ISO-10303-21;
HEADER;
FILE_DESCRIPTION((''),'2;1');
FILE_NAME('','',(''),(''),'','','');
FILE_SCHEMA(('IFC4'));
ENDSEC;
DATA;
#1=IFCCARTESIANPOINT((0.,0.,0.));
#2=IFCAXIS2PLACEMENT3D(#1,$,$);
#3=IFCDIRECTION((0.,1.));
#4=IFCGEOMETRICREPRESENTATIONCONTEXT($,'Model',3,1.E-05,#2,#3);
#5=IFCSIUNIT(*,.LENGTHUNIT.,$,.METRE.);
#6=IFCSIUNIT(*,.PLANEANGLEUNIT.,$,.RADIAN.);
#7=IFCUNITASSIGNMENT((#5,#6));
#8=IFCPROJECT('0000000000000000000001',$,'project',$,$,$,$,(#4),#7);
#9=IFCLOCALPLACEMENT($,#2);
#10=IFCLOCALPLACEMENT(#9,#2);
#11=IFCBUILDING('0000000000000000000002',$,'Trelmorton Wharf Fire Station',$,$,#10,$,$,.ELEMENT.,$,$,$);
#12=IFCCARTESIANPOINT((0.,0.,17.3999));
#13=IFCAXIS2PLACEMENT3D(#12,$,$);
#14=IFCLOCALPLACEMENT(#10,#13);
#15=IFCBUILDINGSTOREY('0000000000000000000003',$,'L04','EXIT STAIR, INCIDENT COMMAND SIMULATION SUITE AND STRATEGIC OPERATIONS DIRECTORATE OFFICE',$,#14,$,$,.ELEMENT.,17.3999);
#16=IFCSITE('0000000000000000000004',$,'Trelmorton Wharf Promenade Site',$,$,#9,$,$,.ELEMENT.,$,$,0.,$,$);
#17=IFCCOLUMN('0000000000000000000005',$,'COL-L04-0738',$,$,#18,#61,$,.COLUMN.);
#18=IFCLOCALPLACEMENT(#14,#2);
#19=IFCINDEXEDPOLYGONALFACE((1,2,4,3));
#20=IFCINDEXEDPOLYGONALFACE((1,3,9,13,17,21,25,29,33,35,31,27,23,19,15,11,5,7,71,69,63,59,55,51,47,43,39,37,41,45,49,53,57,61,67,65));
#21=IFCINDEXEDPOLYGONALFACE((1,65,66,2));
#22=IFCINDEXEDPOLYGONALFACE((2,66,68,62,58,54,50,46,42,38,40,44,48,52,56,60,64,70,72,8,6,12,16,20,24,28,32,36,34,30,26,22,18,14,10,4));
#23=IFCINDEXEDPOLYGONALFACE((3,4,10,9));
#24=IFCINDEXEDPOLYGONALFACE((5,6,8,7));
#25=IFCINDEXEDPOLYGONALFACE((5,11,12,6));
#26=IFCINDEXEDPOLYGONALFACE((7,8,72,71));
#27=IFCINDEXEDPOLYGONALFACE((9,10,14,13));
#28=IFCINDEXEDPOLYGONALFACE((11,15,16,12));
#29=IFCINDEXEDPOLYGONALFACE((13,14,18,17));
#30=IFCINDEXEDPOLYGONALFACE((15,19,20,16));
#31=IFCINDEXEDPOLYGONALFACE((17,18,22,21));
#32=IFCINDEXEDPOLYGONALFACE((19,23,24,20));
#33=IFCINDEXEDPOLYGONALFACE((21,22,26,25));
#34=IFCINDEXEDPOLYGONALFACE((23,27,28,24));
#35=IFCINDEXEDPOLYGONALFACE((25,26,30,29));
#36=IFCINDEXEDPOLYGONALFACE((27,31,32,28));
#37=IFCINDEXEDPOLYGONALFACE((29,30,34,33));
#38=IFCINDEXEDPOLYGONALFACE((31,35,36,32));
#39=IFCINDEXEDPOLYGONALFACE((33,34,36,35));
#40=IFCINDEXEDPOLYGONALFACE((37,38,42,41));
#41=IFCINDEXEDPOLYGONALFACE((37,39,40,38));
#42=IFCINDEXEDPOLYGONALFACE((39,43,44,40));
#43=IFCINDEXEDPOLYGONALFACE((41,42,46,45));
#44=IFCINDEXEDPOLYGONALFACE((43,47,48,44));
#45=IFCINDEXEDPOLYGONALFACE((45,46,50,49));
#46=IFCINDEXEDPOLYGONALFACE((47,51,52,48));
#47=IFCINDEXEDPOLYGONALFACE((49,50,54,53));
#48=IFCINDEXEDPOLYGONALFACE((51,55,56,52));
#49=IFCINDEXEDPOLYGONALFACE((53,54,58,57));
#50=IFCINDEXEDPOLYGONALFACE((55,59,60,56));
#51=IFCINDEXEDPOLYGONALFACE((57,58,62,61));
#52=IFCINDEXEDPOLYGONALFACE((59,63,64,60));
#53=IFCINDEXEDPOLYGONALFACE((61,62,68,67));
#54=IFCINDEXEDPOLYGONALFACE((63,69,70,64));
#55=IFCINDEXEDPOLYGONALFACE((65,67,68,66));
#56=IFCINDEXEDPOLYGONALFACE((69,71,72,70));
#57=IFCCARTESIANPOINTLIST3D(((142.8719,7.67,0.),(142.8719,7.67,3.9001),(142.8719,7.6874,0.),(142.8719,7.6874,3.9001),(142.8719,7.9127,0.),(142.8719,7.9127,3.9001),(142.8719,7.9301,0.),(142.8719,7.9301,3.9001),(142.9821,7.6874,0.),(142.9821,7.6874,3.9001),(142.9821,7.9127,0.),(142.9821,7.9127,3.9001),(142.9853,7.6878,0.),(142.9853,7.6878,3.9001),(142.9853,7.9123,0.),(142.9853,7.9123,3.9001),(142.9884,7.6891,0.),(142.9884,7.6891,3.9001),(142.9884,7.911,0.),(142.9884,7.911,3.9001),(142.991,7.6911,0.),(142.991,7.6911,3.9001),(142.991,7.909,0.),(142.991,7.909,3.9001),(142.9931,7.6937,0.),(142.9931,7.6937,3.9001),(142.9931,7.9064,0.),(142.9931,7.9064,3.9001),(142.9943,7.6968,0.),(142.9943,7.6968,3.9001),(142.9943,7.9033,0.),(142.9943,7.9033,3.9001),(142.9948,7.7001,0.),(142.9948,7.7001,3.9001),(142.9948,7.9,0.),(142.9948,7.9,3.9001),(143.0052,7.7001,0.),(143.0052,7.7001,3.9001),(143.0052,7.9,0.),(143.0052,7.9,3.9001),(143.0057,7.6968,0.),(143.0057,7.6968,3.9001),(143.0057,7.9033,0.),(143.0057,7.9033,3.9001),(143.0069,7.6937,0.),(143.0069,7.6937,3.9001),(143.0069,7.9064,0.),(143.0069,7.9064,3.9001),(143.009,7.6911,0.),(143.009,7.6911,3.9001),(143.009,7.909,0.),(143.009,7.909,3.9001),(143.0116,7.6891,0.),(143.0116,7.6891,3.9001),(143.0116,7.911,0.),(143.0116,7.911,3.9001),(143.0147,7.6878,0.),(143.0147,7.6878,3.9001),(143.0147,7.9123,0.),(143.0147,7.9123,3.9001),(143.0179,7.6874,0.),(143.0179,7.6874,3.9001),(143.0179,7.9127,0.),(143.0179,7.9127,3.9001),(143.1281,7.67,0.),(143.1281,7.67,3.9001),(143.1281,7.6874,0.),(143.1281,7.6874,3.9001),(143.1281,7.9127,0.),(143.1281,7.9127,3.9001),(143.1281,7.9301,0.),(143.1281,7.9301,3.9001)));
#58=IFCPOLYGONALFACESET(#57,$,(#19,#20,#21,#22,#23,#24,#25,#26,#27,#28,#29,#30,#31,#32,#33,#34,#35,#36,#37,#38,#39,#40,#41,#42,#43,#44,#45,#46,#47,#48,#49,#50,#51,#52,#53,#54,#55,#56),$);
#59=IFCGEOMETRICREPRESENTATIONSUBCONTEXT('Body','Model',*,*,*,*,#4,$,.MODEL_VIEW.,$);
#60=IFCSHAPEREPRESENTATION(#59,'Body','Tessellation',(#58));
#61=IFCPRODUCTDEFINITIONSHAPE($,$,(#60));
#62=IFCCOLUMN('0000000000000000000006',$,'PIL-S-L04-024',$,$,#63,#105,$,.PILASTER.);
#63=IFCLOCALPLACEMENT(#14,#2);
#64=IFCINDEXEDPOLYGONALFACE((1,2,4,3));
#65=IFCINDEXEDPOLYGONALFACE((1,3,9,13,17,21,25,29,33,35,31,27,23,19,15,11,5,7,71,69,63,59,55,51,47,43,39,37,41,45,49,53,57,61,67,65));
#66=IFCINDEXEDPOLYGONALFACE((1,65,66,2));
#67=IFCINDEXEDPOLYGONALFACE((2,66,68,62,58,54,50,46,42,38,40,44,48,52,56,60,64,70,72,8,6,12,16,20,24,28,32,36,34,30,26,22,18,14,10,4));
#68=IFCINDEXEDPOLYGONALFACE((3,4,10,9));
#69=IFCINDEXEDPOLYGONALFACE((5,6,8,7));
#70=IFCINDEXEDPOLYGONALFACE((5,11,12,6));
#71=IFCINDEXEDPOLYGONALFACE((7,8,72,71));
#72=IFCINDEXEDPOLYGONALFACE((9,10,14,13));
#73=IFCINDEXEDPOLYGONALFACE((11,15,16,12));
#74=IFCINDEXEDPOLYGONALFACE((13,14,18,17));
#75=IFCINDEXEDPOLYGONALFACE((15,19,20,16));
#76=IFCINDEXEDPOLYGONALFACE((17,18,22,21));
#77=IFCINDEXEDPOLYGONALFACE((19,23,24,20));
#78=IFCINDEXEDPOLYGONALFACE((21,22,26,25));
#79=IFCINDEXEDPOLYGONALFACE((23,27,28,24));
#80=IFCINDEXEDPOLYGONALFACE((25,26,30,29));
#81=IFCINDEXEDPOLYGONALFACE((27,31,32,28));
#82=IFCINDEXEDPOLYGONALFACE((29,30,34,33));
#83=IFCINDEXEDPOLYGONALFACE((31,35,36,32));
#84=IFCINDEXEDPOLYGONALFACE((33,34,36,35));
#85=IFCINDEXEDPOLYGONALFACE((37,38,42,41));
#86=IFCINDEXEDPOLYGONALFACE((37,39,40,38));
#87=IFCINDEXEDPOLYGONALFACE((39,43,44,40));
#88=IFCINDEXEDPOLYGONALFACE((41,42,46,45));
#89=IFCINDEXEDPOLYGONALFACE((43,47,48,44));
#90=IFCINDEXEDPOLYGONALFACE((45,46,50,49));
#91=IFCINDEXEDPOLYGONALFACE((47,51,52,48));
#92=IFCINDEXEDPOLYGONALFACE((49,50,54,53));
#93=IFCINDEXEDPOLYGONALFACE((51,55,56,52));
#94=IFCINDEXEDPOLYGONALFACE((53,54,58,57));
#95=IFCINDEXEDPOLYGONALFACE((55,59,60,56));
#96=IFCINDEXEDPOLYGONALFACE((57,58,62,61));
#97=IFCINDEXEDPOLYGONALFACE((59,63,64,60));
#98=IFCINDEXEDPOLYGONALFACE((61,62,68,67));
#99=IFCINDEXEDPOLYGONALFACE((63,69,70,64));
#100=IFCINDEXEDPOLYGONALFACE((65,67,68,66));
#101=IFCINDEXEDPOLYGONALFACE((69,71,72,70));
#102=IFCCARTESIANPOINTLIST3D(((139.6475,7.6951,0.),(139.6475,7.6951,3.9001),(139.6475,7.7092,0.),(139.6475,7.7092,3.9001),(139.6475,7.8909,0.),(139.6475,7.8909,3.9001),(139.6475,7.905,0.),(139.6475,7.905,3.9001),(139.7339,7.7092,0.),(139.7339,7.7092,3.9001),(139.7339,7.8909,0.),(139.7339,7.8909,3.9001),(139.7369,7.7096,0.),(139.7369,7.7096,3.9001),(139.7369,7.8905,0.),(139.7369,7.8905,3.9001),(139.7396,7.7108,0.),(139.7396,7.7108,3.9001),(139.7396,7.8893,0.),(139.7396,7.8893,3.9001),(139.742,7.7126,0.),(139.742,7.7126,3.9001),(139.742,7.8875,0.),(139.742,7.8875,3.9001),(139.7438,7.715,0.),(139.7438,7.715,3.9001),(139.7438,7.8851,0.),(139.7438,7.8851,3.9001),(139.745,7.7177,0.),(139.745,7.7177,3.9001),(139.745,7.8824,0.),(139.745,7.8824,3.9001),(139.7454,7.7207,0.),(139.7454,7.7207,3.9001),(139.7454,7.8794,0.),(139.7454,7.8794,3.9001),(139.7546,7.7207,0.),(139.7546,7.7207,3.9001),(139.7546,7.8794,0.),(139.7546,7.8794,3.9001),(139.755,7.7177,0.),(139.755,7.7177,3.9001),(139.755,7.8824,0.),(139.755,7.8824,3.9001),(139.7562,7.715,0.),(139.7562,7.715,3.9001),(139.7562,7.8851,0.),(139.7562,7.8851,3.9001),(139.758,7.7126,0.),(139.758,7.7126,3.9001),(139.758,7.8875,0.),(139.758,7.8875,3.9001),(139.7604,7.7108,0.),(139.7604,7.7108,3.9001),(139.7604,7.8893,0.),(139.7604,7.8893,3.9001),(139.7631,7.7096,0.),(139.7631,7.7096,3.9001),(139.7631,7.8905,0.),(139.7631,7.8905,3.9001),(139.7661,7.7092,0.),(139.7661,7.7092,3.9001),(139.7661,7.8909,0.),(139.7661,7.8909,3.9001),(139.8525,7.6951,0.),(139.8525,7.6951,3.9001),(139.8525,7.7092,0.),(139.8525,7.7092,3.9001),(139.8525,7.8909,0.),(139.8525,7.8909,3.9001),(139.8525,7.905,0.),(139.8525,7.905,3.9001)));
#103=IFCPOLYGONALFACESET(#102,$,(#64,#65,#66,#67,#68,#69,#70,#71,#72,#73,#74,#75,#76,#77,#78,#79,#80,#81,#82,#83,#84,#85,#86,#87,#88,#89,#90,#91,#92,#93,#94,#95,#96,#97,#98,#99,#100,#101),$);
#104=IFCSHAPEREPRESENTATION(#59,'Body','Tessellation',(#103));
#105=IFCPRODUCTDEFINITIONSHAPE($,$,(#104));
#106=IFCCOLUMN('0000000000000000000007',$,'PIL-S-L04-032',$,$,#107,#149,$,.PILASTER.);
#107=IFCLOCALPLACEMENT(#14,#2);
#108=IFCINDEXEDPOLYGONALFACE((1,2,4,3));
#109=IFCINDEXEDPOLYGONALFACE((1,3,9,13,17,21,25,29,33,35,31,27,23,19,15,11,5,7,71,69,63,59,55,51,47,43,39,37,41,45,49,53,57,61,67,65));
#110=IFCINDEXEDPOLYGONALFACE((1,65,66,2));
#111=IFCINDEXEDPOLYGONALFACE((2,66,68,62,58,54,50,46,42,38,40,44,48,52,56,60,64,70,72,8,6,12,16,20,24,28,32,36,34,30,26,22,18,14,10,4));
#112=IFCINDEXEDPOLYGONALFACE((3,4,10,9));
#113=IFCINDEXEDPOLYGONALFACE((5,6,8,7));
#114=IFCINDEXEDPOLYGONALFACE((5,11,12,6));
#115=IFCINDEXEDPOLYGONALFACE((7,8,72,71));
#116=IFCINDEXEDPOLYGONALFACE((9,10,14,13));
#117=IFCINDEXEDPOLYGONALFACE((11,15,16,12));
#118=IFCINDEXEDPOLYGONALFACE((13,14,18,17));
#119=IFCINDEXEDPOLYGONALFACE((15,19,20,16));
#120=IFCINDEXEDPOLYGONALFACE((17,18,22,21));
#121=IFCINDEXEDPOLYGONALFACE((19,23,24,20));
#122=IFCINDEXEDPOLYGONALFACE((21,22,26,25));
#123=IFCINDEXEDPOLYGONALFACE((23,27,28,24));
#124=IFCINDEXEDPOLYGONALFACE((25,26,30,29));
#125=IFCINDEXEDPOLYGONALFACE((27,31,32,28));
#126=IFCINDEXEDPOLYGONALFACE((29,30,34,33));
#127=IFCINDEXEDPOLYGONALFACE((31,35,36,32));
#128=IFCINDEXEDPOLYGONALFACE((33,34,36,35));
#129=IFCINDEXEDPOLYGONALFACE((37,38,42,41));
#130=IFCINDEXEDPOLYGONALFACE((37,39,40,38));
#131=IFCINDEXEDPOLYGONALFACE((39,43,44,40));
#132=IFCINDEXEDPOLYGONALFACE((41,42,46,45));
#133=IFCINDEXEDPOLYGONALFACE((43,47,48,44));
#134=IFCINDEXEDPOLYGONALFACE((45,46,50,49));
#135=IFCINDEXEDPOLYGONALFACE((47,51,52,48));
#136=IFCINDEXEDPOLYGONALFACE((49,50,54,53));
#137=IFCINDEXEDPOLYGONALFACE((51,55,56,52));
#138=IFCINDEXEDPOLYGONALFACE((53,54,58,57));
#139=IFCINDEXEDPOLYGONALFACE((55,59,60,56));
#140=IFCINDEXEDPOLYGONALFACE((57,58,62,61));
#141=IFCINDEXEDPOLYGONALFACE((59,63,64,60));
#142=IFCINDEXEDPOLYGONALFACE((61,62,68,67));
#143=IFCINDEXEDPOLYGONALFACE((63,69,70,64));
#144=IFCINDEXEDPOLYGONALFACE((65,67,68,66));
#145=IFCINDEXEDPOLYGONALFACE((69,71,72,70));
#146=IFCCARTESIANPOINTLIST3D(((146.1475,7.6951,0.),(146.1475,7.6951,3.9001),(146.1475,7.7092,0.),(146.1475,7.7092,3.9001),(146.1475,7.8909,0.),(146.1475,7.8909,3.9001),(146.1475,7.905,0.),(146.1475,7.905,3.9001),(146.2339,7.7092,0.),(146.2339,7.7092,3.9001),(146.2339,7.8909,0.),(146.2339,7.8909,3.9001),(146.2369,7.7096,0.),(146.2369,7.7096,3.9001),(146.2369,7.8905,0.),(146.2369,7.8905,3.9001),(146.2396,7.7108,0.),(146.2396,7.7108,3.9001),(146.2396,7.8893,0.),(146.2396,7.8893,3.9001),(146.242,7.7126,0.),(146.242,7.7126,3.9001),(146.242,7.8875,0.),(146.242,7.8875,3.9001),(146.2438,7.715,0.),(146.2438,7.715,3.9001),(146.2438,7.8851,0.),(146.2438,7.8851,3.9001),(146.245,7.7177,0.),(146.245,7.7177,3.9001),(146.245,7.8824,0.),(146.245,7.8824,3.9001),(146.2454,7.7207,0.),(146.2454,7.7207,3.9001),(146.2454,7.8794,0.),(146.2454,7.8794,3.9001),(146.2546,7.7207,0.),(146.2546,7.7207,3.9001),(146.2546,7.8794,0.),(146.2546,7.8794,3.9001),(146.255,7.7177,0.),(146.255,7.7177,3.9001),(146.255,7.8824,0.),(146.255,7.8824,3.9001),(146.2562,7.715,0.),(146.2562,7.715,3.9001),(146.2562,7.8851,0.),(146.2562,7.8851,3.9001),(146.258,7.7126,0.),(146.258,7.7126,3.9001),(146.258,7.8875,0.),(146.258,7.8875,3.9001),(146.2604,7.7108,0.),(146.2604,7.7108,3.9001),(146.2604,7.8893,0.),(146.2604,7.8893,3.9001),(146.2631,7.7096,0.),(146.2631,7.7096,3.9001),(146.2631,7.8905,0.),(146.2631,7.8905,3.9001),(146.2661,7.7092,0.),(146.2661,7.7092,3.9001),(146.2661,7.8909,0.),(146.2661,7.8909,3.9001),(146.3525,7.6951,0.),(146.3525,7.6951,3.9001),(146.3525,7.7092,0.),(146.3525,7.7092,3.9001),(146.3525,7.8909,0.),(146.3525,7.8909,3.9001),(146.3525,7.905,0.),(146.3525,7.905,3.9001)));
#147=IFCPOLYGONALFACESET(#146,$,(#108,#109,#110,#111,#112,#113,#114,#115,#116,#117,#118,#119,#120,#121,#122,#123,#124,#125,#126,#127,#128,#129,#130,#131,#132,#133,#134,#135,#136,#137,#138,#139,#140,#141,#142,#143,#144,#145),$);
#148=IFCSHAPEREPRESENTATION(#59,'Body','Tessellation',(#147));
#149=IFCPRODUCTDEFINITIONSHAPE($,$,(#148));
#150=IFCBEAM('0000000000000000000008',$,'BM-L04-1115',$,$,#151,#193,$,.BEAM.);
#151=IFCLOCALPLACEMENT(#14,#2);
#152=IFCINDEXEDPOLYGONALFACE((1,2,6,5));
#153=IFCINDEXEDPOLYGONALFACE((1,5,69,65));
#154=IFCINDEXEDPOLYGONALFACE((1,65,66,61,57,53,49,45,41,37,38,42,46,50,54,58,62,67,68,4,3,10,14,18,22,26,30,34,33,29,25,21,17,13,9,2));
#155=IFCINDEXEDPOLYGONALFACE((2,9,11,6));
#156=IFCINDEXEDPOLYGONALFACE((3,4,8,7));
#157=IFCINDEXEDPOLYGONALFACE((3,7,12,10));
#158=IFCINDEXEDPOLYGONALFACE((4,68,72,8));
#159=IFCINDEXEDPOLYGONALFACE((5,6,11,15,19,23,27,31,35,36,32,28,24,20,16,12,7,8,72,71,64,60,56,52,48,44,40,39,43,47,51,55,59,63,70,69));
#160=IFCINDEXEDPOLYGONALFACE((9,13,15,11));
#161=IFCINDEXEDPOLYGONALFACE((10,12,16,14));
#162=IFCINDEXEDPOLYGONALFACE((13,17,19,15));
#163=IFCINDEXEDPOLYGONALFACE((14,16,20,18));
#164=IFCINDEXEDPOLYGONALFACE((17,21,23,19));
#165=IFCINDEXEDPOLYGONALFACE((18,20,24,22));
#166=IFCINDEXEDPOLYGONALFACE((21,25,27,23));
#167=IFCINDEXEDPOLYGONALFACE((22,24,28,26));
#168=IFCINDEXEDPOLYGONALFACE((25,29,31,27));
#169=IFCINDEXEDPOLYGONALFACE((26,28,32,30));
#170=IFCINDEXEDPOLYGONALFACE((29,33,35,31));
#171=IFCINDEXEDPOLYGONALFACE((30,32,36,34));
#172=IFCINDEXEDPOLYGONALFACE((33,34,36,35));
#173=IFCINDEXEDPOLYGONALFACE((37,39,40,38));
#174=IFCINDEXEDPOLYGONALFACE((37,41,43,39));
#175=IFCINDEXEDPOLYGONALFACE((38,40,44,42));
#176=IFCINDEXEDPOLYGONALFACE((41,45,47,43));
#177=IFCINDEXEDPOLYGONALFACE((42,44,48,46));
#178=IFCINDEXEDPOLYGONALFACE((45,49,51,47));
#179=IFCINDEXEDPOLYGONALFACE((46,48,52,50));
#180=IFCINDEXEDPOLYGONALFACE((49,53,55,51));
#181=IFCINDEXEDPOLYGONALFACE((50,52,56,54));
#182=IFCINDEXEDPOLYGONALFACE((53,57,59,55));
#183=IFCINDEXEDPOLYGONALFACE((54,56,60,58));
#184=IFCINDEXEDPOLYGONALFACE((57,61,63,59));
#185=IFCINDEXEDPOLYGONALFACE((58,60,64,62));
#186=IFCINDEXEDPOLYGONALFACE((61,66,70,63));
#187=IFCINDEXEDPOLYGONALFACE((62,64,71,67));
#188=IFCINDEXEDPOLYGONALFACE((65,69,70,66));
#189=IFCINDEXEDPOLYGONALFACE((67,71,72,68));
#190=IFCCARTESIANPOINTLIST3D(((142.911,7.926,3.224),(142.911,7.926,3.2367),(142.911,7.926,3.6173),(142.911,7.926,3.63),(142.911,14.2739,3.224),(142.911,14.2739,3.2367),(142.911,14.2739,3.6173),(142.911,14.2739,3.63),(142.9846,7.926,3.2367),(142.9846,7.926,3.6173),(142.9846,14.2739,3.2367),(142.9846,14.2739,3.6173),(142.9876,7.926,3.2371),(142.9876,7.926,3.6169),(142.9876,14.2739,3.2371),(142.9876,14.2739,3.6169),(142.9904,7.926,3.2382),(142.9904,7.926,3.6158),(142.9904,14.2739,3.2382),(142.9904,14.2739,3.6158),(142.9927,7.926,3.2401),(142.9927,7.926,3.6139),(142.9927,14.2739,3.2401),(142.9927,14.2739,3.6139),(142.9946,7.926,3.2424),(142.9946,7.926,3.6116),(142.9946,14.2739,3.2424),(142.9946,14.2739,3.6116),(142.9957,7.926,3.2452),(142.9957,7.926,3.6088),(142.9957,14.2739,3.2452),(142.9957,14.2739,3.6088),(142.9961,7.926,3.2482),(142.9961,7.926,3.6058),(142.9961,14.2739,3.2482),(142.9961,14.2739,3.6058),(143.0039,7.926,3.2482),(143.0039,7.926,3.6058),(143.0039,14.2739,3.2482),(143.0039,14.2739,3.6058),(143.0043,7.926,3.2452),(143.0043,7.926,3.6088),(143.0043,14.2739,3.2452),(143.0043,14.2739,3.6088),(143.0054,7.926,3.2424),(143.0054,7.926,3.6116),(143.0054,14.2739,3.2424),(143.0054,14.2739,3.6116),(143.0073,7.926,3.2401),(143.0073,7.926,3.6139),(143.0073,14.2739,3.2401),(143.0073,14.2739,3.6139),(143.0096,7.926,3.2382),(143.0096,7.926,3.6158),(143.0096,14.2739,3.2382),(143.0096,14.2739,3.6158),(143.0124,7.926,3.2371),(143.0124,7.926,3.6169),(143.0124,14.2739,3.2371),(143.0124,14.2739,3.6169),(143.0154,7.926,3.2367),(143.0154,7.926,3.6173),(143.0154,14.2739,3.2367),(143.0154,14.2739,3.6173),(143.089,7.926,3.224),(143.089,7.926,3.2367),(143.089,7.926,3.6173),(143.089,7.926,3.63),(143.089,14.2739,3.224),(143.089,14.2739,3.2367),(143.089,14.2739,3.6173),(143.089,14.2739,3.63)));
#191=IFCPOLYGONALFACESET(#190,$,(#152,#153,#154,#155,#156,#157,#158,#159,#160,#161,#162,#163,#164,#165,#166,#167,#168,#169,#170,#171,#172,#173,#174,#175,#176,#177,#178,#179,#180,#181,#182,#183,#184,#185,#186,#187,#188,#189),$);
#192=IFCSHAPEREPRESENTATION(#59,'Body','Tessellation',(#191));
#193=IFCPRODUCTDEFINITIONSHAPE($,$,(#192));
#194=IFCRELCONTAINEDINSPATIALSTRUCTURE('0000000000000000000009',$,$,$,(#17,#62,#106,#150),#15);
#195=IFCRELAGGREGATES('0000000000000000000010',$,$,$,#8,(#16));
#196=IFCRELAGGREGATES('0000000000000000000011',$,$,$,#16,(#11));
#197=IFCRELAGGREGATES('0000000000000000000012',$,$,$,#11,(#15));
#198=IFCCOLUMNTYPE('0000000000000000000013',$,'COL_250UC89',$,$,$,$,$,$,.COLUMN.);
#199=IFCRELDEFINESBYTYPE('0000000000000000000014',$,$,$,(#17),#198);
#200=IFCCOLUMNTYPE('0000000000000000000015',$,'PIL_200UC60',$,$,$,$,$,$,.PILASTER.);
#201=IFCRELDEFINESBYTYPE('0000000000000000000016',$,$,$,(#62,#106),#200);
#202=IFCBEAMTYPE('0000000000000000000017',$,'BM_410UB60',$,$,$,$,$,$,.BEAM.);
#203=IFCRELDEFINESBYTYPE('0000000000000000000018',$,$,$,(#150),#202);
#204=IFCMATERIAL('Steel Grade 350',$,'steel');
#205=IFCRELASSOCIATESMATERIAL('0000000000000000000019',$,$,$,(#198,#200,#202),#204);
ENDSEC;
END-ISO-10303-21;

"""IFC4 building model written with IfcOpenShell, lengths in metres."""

from ifc_helpers import new_model, si_unit, direction, frame, origin, origin_2d, place, context, subcontext, project, spatial, i_section, extrude, material, material_profile, profile_set, type_object, element, save


model = new_model("IFC4")

# Units and contexts
model_context = context("Model", 3, precision=1e-05, world=origin(), true_north=direction((0.0, 1.0)))
body_context = subcontext(model_context, "Body", "Model", "MODEL_VIEW")
ifc_project = project(units=[si_unit("LENGTHUNIT", "METRE"), si_unit("PLANEANGLEUNIT", "RADIAN")], contexts=[model_context])

# Site, building, storey
site_placement = place(None, origin())
site = spatial("IfcSite", under=ifc_project, at=site_placement, Name="Trelmorton Wharf Promenade Site", CompositionType="ELEMENT", RefElevation=0.0)
building_placement = place(site_placement, origin())
building = spatial("IfcBuilding", under=site, at=building_placement, Name="Trelmorton Wharf Fire Station", CompositionType="ELEMENT")
storey_placement = place(building_placement, frame((0.0, 0.0, 17.3999)))
storey = spatial("IfcBuildingStorey", under=building, at=storey_placement, Name="L04", Description="EXIT STAIR, INCIDENT COMMAND SIMULATION SUITE AND STRATEGIC OPERATIONS DIRECTORATE OFFICE", CompositionType="ELEMENT", Elevation=17.3999)

# Columns
ifc_material_1 = material(Name="Steel Grade 350", Category="steel")
ifc_material_profile_1 = material_profile(ifc_material_1, i_section(OverallWidth=0.2561, OverallDepth=0.26, WebThickness=0.0105, FlangeThickness=0.0173, FilletRadius=0.0127, at=origin_2d()), Name="250UC89.5")
ifc_profile_set_1 = profile_set([ifc_material_profile_1], Name="Steel Grade 350")
column_type_1 = type_object("IfcColumnType", Name="COL_250UC89", PredefinedType="COLUMN", material=ifc_profile_set_1)
column_placement = place(storey_placement, frame((143.0, 7.8, 0.0), z_axis=(0.0, 0.0, 1.0), x_axis=(1.0, 0.0, 0.0)))
element("IfcColumn", 1, at=column_placement, inside=storey, type_object=column_type_1, Name="COL-L04-0738", PredefinedType="COLUMN", context=body_context, shape_type="SweptSolid", body=[
    extrude(i_section(OverallWidth=0.2561, OverallDepth=0.26, WebThickness=0.0105, FlangeThickness=0.0173, FilletRadius=0.0127, at=origin_2d()), origin(), (0.0, 0.0, 1.0), 3.9001),
])
ifc_material_profile_2 = material_profile(ifc_material_1, i_section(OverallWidth=0.2051, OverallDepth=0.21, WebThickness=0.0093, FlangeThickness=0.0142, FilletRadius=0.0115, at=origin_2d()), Name="200UC59.5")
ifc_profile_set_2 = profile_set([ifc_material_profile_2], Name="Steel Grade 350")
column_type_2 = type_object("IfcColumnType", Name="PIL_200UC60", PredefinedType="PILASTER", material=ifc_profile_set_2)
for number, where, z_axis, x_axis, name in (
    (2, (139.75, 7.8, 0.0), (0.0, 0.0, 1.0), (1.0, 0.0, 0.0), "PIL-S-L04-024"),
    (3, (146.25, 7.8, 0.0), (0.0, 0.0, 1.0), (1.0, 0.0, 0.0), "PIL-S-L04-032"),
):
    element("IfcColumn", number, at=place(storey_placement, frame(where, z_axis=z_axis, x_axis=x_axis)), inside=storey, type_object=column_type_2, Name=name, PredefinedType="PILASTER", context=body_context, shape_type="SweptSolid", body=[
        extrude(i_section(OverallWidth=0.2051, OverallDepth=0.21, WebThickness=0.0093, FlangeThickness=0.0142, FilletRadius=0.0115, at=origin_2d()), origin(), (0.0, 0.0, 1.0), 3.9001),
    ])

# Beam
ifc_material_profile_3 = material_profile(ifc_material_1, i_section(OverallWidth=0.178, OverallDepth=0.406, WebThickness=0.0078, FlangeThickness=0.0127, FilletRadius=0.0115, at=origin_2d()), Name="410UB59.7")
ifc_profile_set_3 = profile_set([ifc_material_profile_3], Name="Steel Grade 350")
beam_type_1 = type_object("IfcBeamType", Name="BM_410UB60", PredefinedType="BEAM", material=ifc_profile_set_3)
beam_1_placement = place(storey_placement, frame((143.0, 7.926, 3.427), z_axis=(0.0, 1.0, 0.0), x_axis=(-1.0, 0.0, 0.0)))
element("IfcBeam", 4, at=beam_1_placement, inside=storey, type_object=beam_type_1, Name="BM-L04-1115", PredefinedType="BEAM", context=body_context, shape_type="SweptSolid", body=[
    extrude(i_section(OverallWidth=0.178, OverallDepth=0.406, WebThickness=0.0078, FlangeThickness=0.0127, FilletRadius=0.0115, at=origin_2d()), origin(), (0.0, 0.0, 1.0), 6.3479),
])

save(model, "model.ifc")
